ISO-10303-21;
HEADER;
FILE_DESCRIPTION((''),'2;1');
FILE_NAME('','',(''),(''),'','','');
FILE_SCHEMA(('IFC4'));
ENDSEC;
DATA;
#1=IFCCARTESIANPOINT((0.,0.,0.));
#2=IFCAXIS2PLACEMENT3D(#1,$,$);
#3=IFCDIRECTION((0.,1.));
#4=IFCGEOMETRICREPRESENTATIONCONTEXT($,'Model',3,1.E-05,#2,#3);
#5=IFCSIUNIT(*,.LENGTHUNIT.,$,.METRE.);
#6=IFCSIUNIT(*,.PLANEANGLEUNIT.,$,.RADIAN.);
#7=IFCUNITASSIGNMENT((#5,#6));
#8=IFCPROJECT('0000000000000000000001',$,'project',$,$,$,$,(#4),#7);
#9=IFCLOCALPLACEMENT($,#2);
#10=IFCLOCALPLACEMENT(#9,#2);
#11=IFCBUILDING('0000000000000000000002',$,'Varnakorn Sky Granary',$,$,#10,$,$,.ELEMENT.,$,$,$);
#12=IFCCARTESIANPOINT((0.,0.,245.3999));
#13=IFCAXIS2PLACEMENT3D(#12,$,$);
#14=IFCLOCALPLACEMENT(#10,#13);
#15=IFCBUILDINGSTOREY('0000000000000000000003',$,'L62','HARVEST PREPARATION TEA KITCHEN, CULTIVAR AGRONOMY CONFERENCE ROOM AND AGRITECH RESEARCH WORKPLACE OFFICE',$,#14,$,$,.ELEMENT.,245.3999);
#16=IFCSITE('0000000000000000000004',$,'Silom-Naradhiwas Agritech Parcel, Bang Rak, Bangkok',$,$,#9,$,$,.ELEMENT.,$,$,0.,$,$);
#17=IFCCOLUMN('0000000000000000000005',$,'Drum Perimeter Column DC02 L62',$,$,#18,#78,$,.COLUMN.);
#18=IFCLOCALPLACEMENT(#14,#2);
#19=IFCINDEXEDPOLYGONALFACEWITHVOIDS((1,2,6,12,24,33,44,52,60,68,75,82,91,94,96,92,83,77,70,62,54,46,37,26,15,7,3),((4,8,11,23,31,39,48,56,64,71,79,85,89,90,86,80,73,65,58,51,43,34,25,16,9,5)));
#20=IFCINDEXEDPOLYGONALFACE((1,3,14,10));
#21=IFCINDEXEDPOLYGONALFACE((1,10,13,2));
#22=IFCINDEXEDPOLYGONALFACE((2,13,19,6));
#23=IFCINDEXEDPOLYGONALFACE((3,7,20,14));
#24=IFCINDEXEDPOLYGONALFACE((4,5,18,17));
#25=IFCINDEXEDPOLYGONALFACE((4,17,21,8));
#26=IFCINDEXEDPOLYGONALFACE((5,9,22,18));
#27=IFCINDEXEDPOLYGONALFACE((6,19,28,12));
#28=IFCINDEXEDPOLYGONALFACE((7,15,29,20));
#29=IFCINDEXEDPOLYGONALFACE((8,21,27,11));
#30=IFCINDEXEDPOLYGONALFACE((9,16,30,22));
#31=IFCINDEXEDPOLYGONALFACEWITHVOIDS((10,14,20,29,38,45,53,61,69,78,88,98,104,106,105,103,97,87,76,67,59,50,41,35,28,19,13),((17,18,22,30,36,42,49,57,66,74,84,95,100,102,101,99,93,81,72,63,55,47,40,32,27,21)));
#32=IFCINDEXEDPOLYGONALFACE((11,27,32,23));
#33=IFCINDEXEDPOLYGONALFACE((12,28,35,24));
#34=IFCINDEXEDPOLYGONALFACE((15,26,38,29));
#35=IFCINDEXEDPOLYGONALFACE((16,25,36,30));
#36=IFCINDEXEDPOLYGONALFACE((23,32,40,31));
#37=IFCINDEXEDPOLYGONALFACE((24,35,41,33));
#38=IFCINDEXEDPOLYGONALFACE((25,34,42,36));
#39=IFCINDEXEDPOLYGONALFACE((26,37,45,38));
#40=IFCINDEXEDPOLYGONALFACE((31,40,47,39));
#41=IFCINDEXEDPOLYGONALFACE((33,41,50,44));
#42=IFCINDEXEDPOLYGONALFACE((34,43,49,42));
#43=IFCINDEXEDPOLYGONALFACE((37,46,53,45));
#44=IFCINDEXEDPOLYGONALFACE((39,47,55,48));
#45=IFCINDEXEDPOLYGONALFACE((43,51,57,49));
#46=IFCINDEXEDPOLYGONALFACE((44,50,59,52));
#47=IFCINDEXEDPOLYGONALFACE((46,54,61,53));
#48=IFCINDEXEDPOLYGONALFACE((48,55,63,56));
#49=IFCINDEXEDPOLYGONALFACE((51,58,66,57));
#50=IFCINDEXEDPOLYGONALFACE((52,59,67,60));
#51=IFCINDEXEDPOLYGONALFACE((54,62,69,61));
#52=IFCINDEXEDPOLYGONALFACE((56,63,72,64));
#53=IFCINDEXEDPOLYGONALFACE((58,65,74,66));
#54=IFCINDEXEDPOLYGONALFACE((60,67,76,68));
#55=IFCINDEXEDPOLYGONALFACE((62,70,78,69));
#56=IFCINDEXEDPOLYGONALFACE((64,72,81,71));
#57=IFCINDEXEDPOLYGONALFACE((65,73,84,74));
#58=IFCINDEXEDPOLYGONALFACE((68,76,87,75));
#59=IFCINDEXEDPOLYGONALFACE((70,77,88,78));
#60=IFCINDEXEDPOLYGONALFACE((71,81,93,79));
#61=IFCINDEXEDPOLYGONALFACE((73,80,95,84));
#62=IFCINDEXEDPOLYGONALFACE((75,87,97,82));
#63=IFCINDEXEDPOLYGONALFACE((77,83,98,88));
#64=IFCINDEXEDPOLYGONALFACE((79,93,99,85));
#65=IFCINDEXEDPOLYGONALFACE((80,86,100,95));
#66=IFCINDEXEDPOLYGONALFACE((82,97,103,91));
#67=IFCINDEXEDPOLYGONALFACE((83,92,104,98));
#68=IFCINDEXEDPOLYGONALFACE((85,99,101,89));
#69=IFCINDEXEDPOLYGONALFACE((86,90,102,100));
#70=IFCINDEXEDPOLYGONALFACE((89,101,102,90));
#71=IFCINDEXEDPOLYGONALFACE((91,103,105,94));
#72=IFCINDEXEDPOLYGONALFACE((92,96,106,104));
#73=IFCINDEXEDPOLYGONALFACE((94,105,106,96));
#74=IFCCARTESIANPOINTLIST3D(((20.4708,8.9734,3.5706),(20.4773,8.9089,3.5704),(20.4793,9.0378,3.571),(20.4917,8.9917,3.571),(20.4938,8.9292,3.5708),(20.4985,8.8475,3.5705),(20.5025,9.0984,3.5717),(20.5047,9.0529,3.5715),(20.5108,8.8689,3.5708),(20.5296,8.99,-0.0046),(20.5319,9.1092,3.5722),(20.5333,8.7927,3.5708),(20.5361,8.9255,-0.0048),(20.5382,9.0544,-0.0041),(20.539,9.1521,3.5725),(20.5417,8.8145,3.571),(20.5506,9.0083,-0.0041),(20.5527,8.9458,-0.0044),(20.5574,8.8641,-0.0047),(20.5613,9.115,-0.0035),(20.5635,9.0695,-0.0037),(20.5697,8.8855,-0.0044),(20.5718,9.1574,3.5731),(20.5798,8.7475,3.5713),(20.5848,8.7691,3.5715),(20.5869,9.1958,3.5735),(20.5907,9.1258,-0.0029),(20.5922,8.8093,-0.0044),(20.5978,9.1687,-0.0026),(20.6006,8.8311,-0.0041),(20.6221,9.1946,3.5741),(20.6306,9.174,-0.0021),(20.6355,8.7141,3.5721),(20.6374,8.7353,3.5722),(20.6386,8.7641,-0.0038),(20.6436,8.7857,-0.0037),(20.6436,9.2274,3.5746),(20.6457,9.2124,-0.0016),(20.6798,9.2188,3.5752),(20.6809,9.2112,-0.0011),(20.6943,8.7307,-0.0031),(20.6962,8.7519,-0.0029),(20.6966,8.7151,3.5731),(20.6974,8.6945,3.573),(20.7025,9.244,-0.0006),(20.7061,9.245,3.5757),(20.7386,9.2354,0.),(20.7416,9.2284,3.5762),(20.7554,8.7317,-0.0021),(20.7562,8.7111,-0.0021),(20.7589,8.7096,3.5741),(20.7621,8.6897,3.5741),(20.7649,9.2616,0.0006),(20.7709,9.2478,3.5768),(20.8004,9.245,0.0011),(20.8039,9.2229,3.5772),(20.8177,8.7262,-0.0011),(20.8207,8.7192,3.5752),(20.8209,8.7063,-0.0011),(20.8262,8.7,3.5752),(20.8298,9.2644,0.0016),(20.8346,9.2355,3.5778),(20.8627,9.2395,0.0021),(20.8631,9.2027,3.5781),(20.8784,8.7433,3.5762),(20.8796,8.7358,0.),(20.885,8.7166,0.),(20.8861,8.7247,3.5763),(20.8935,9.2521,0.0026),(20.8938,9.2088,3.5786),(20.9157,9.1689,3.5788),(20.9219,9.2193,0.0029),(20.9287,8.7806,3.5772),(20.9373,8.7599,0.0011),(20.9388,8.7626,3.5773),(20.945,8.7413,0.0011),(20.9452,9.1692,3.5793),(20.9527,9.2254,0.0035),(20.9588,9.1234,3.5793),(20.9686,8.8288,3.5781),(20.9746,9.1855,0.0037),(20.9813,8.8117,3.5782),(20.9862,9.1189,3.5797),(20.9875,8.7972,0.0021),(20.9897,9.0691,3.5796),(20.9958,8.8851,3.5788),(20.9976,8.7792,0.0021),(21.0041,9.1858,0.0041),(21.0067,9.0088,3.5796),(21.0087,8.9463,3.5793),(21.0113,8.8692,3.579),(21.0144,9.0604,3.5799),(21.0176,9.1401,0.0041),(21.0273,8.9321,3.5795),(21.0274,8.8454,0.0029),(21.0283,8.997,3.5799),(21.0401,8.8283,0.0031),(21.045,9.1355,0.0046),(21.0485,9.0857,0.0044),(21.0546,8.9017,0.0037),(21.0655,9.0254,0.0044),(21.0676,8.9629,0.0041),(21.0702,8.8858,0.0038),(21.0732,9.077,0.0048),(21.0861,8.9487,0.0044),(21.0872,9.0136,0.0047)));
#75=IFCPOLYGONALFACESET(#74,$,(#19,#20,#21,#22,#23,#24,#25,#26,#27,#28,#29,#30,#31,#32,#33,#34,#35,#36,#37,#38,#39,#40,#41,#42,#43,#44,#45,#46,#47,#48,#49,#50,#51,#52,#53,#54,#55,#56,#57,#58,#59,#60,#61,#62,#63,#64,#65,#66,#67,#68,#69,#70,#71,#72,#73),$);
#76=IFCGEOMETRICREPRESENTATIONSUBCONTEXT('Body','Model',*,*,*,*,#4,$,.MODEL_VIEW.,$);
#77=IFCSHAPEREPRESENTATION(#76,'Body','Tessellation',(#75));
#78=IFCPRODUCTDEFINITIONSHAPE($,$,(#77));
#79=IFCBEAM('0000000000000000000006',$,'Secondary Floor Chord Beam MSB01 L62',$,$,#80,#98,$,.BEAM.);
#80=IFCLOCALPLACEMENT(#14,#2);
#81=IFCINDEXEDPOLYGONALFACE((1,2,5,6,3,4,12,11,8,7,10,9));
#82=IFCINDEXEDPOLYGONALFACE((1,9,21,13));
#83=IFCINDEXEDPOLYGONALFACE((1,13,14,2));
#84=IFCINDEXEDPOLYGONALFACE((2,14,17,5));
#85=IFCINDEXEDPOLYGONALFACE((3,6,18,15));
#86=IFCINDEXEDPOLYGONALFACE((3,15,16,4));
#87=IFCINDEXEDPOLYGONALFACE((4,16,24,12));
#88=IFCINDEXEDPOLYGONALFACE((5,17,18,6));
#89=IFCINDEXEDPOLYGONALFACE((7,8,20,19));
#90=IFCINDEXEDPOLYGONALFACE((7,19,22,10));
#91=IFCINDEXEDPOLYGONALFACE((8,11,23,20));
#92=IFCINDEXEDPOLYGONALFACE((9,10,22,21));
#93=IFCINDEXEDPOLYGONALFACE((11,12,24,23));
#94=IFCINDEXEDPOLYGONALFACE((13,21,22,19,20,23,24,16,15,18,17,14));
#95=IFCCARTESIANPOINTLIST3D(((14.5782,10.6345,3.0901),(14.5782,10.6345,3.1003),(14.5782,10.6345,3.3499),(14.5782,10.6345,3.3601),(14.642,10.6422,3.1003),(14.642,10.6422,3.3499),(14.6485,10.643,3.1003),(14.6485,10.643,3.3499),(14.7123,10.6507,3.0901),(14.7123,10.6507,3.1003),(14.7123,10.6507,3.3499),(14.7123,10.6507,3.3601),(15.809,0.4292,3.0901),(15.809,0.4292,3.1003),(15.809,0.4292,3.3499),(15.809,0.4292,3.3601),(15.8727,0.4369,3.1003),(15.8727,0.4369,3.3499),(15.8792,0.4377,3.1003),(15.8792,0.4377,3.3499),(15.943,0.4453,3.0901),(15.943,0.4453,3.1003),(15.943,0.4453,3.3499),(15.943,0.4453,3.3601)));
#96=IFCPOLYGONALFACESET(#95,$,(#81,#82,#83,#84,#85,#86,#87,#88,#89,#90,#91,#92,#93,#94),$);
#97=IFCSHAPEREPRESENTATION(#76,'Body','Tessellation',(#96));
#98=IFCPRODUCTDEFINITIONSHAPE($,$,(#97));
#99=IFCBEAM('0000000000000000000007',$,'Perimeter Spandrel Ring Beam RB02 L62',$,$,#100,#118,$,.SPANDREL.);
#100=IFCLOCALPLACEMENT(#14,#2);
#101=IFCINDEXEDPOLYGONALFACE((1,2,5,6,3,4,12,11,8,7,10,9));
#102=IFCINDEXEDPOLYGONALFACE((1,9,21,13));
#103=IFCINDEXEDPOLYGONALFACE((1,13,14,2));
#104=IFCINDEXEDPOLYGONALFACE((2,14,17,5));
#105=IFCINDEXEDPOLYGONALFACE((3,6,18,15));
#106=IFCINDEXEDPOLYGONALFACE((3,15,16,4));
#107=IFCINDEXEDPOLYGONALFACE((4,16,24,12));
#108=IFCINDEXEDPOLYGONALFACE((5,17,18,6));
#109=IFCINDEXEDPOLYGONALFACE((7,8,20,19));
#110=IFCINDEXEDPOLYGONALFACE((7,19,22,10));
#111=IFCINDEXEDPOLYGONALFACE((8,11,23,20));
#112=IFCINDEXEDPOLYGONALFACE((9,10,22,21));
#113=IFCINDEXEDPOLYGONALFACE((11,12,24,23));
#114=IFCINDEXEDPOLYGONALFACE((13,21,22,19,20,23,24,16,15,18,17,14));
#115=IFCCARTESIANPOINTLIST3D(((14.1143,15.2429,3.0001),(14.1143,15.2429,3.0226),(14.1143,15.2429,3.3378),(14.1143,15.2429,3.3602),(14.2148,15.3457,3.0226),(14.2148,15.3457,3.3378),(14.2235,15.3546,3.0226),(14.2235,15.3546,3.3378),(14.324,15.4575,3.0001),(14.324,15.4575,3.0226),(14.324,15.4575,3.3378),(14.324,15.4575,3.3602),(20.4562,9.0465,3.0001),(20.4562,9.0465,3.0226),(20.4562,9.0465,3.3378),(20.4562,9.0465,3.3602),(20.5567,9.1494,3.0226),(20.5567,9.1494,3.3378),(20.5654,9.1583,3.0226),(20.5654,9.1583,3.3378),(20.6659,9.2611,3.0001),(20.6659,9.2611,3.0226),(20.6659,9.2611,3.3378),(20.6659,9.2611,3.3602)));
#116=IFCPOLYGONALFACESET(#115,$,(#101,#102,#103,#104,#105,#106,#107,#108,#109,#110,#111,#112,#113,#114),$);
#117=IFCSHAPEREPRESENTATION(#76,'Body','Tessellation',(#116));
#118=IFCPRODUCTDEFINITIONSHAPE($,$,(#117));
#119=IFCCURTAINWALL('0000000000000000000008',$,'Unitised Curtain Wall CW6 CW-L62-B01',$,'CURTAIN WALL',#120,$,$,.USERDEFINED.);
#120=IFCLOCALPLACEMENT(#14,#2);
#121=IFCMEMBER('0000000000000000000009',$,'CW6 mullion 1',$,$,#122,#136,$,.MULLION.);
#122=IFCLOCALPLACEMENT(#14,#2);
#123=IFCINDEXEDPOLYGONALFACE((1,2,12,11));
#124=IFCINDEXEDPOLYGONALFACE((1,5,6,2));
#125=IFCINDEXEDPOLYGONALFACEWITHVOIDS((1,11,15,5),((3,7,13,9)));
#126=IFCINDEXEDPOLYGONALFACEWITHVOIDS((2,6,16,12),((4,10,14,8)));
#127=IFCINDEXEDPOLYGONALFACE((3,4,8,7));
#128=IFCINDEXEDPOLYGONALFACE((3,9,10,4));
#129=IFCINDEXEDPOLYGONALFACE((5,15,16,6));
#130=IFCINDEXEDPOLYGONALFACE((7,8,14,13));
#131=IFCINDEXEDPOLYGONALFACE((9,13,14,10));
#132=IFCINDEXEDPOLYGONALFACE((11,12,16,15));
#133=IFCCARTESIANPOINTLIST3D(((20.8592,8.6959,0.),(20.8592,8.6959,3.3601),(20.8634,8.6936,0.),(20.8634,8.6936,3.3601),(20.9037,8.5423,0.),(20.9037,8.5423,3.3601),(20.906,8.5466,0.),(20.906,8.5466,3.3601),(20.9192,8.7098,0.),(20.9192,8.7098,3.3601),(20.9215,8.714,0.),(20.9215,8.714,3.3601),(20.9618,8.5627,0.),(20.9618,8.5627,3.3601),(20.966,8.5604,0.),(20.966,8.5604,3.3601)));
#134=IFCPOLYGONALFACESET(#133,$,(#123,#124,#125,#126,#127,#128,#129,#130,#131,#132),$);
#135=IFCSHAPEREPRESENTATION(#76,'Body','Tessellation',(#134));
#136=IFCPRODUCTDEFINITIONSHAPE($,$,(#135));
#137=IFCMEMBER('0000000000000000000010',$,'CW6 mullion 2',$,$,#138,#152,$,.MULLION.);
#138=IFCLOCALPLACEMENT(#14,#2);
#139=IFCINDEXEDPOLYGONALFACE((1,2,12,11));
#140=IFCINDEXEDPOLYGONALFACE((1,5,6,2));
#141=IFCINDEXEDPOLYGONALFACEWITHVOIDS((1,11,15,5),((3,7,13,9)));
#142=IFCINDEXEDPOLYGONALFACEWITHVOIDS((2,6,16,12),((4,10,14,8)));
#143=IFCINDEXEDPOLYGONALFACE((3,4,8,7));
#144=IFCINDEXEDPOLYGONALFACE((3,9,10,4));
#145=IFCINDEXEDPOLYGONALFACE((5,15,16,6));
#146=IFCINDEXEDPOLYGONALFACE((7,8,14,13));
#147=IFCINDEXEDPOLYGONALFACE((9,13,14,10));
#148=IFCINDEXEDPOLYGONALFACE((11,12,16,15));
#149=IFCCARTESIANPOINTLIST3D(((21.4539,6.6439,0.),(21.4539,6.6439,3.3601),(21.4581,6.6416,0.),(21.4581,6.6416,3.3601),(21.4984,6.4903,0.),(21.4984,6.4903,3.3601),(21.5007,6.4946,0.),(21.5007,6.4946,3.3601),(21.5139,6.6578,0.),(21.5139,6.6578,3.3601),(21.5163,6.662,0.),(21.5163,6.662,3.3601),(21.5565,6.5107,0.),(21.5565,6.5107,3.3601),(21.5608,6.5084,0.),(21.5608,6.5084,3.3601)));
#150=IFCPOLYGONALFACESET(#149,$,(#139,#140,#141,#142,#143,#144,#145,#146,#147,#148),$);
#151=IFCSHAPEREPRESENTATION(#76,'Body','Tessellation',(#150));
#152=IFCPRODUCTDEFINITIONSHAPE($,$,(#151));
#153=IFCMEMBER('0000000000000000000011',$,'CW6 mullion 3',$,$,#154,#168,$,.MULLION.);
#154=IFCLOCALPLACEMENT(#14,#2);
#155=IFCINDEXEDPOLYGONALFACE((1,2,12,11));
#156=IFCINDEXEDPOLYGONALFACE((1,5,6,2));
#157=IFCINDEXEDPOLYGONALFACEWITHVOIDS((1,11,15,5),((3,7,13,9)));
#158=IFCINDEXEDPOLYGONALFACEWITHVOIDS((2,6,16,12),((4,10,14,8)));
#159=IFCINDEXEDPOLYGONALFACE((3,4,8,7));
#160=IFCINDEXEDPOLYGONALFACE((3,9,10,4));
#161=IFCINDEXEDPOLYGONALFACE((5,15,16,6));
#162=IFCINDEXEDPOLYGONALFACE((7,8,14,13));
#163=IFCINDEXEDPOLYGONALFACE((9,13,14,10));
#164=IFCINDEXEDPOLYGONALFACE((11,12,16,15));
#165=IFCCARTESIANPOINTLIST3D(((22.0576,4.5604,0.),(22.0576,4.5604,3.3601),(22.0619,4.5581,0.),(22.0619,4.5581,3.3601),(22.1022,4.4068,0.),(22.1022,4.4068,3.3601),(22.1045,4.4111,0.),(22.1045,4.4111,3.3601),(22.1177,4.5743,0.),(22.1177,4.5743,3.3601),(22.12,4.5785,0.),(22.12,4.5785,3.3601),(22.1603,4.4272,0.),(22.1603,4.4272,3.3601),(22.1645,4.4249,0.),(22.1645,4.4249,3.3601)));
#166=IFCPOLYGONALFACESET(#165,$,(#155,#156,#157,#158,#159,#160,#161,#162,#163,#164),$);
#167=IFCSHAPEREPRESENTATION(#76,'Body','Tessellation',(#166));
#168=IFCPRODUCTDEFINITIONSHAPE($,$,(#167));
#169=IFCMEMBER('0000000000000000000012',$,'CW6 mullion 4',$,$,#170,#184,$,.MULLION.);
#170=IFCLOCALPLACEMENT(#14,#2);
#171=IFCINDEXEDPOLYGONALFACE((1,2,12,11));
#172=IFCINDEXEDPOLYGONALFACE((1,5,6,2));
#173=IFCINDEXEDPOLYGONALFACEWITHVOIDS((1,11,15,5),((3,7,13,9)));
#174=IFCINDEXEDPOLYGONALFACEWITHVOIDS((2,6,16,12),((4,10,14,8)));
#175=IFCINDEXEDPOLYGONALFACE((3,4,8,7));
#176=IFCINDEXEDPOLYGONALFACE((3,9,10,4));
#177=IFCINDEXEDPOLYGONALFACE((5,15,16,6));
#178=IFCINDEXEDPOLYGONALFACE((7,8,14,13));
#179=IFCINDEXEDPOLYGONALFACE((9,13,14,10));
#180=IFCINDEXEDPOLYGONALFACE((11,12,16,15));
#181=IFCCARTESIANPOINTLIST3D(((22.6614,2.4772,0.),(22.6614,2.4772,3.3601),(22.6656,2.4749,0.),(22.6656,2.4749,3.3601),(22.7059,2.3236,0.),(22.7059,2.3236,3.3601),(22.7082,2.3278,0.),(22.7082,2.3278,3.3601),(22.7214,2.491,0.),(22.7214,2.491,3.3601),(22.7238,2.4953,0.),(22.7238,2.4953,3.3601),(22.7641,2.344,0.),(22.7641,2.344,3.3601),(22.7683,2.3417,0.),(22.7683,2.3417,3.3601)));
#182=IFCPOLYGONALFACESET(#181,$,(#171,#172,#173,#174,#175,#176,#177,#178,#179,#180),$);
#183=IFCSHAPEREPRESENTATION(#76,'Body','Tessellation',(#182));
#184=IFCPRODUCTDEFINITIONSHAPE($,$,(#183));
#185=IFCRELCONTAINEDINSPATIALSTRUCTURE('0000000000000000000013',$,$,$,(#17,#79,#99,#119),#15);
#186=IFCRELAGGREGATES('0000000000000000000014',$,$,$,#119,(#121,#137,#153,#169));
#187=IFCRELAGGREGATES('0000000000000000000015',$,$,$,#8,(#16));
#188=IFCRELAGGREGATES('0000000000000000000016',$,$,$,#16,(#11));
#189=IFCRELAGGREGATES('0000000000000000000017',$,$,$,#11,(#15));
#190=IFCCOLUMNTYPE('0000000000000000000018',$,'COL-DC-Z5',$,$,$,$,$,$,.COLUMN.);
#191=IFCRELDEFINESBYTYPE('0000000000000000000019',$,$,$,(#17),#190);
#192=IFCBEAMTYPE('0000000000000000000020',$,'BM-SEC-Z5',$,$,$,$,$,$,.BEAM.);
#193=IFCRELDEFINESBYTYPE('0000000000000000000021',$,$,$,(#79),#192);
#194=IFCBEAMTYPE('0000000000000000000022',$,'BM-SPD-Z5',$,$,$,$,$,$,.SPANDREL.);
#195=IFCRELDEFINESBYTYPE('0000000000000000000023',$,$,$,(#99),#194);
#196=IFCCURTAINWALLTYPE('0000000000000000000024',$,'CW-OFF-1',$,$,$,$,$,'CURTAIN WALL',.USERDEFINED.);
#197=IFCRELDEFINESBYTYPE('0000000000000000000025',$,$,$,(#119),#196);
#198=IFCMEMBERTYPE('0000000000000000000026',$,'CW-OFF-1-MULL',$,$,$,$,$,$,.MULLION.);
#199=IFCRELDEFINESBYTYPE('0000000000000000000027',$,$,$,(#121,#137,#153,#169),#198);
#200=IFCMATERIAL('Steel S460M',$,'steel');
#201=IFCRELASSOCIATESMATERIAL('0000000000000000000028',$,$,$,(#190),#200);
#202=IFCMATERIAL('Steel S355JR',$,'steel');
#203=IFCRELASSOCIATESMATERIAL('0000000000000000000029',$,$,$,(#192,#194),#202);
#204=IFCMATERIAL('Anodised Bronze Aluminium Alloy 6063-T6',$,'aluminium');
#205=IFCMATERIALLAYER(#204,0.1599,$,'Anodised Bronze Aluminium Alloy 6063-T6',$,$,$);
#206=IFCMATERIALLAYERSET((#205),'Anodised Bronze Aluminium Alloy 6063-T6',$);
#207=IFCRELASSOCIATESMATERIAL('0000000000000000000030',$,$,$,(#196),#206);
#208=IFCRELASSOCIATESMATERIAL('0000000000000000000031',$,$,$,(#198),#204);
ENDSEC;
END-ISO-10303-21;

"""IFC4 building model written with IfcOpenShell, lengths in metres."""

from ifc_helpers import new_model, si_unit, direction, frame, origin, origin_2d, place, context, subcontext, project, spatial, hollow_rectangle, hollow_circle, i_section, extrude, material, layer, layer_set, material_profile, profile_set, type_object, element, aggregate, save


model = new_model("IFC4")

# Units and contexts
model_context = context("Model", 3, precision=1e-05, world=origin(), true_north=direction((0.0, 1.0)))
body_context = subcontext(model_context, "Body", "Model", "MODEL_VIEW")
ifc_project = project(units=[si_unit("LENGTHUNIT", "METRE"), si_unit("PLANEANGLEUNIT", "RADIAN")], contexts=[model_context])

# Site, building, storey
site_placement = place(None, origin())
site = spatial("IfcSite", under=ifc_project, at=site_placement, Name="Silom-Naradhiwas Agritech Parcel, Bang Rak, Bangkok", CompositionType="ELEMENT", RefElevation=0.0)
building_placement = place(site_placement, origin())
building = spatial("IfcBuilding", under=site, at=building_placement, Name="Varnakorn Sky Granary", CompositionType="ELEMENT")
storey_placement = place(building_placement, frame((0.0, 0.0, 245.3999)))
storey = spatial("IfcBuildingStorey", under=building, at=storey_placement, Name="L62", Description="HARVEST PREPARATION TEA KITCHEN, CULTIVAR AGRONOMY CONFERENCE ROOM AND AGRITECH RESEARCH WORKPLACE OFFICE", CompositionType="ELEMENT", Elevation=245.3999)

# Column
ifc_material_1 = material(Name="Steel S460M", Category="steel")
ifc_material_profile_1 = material_profile(ifc_material_1, hollow_circle(Radius=0.2795, WallThickness=0.02, at=origin_2d()), Name="CHS 559x20")
ifc_profile_set_1 = profile_set([ifc_material_profile_1], Name="Steel S460M")
column_type = type_object("IfcColumnType", Name="COL-DC-Z5", PredefinedType="COLUMN", material=ifc_profile_set_1)
column_placement = place(storey_placement, frame((20.8091, 8.9856, 0.0), z_axis=(-0.016455, -0.004643, 0.999854), x_axis=(0.271555, -0.962423, 0.0)))
element("IfcColumn", 1, at=column_placement, inside=storey, type_object=column_type, Name="Drum Perimeter Column DC02 L62", PredefinedType="COLUMN", context=body_context, shape_type="SweptSolid", body=[
    extrude(hollow_circle(Radius=0.2795, WallThickness=0.02, at=origin_2d()), origin(), (0.0, 0.0, 1.0), 3.5757),
])

# Beams
ifc_material_2 = material(Name="Steel S355JR", Category="steel")
ifc_material_profile_2 = material_profile(ifc_material_2, i_section(OverallWidth=0.135, OverallDepth=0.27, WebThickness=0.0066, FlangeThickness=0.0103, at=origin_2d()), Name="IPE 270")
ifc_profile_set_2 = profile_set([ifc_material_profile_2], Name="Steel S355JR")
beam_type_1 = type_object("IfcBeamType", Name="BM-SEC-Z5", PredefinedType="BEAM", material=ifc_profile_set_2)
beam_1_placement = place(storey_placement, frame((15.876, 0.4373, 3.2251), z_axis=(-0.119728, 0.992807, 0.0), x_axis=(-0.992807, -0.119728, 0.0)))
element("IfcBeam", 2, at=beam_1_placement, inside=storey, type_object=beam_type_1, Name="Secondary Floor Chord Beam MSB01 L62", PredefinedType="BEAM", context=body_context, shape_type="SweptSolid", body=[
    extrude(i_section(OverallWidth=0.135, OverallDepth=0.27, WebThickness=0.0066, FlangeThickness=0.0103, at=origin_2d()), origin(), (0.0, 0.0, 1.0), 10.2793),
])
ifc_material_profile_3 = material_profile(ifc_material_2, i_section(OverallWidth=0.3, OverallDepth=0.3601, WebThickness=0.0125, FlangeThickness=0.0225, at=origin_2d()), Name="HE 360 B")
ifc_profile_set_3 = profile_set([ifc_material_profile_3], Name="Steel S355JR")
beam_type_2 = type_object("IfcBeamType", Name="BM-SPD-Z5", PredefinedType="SPANDREL", material=ifc_profile_set_3)
beam_2_placement = place(storey_placement, frame((20.561, 9.1538, 3.1802), z_axis=(-0.715265, 0.698854, 0.0), x_axis=(-0.698854, -0.715265, 0.0)))
element("IfcBeam", 3, at=beam_2_placement, inside=storey, type_object=beam_type_2, Name="Perimeter Spandrel Ring Beam RB02 L62", PredefinedType="SPANDREL", context=body_context, shape_type="SweptSolid", body=[
    extrude(i_section(OverallWidth=0.3, OverallDepth=0.3601, WebThickness=0.0125, FlangeThickness=0.0225, at=origin_2d()), origin(), (0.0, 0.0, 1.0), 8.8665),
])

# Curtain wall, members
ifc_material_3 = material(Name="Anodised Bronze Aluminium Alloy 6063-T6", Category="aluminium")
ifc_layer_1 = layer(ifc_material_3, 0.1599, Name="Anodised Bronze Aluminium Alloy 6063-T6")
ifc_layer_set_1 = layer_set([ifc_layer_1], Name="Anodised Bronze Aluminium Alloy 6063-T6")
curtain_wall_type = type_object("IfcCurtainWallType", Name="CW-OFF-1", ElementType="CURTAIN WALL", PredefinedType="USERDEFINED", material=ifc_layer_set_1)
curtain_wall_placement = place(storey_placement, origin())
curtain_wall = element("IfcCurtainWall", 4, at=curtain_wall_placement, inside=storey, type_object=curtain_wall_type, Name="Unitised Curtain Wall CW6 CW-L62-B01", ObjectType="CURTAIN WALL", PredefinedType="USERDEFINED")
ifc_material_profile_4 = material_profile(ifc_material_3, hollow_rectangle(XDim=0.0649, YDim=0.1599, WallThickness=0.0034, at=origin_2d()), Name="ALU MULL 65x160")
ifc_profile_set_4 = profile_set([ifc_material_profile_4], Name="Anodised Bronze Aluminium Alloy 6063-T6")
member_type_1 = type_object("IfcMemberType", Name="CW-OFF-1-MULL", PredefinedType="MULLION", material=ifc_profile_set_4)
member_1_placement = place(storey_placement, frame((20.9126, 8.6282, 0.0), z_axis=(0.0, 0.0, 1.0), x_axis=(0.960483, 0.278338, 0.0)))
member_1 = element("IfcMember", 5, at=member_1_placement, type_object=member_type_1, Name="CW6 mullion 1", PredefinedType="MULLION", context=body_context, shape_type="SweptSolid", body=[
    extrude(hollow_rectangle(XDim=0.0649, YDim=0.1599, WallThickness=0.0034, at=origin_2d()), origin(), (0.0, 0.0, 1.0), 3.3601),
])
member_2_placement = place(storey_placement, frame((21.5073, 6.5762, 0.0), z_axis=(0.0, 0.0, 1.0), x_axis=(0.960483, 0.278338, 0.0)))
member_2 = element("IfcMember", 6, at=member_2_placement, type_object=member_type_1, Name="CW6 mullion 2", PredefinedType="MULLION", context=body_context, shape_type="SweptSolid", body=[
    extrude(hollow_rectangle(XDim=0.0649, YDim=0.1599, WallThickness=0.0034, at=origin_2d()), origin(), (0.0, 0.0, 1.0), 3.3601),
])
member_3_placement = place(storey_placement, frame((22.1111, 4.4927, 0.0), z_axis=(0.0, 0.0, 1.0), x_axis=(0.960483, 0.278338, 0.0)))
member_3 = element("IfcMember", 7, at=member_3_placement, type_object=member_type_1, Name="CW6 mullion 3", PredefinedType="MULLION", context=body_context, shape_type="SweptSolid", body=[
    extrude(hollow_rectangle(XDim=0.0649, YDim=0.1599, WallThickness=0.0034, at=origin_2d()), origin(), (0.0, 0.0, 1.0), 3.3601),
])
member_4_placement = place(storey_placement, frame((22.7148, 2.4094, 0.0), z_axis=(0.0, 0.0, 1.0), x_axis=(0.960483, 0.278338, 0.0)))
member_4 = element("IfcMember", 8, at=member_4_placement, type_object=member_type_1, Name="CW6 mullion 4", PredefinedType="MULLION", context=body_context, shape_type="SweptSolid", body=[
    extrude(hollow_rectangle(XDim=0.0649, YDim=0.1599, WallThickness=0.0034, at=origin_2d()), origin(), (0.0, 0.0, 1.0), 3.3601),
])

aggregate(curtain_wall, [member_1, member_2, member_3, member_4])

save(model, "model.ifc")
